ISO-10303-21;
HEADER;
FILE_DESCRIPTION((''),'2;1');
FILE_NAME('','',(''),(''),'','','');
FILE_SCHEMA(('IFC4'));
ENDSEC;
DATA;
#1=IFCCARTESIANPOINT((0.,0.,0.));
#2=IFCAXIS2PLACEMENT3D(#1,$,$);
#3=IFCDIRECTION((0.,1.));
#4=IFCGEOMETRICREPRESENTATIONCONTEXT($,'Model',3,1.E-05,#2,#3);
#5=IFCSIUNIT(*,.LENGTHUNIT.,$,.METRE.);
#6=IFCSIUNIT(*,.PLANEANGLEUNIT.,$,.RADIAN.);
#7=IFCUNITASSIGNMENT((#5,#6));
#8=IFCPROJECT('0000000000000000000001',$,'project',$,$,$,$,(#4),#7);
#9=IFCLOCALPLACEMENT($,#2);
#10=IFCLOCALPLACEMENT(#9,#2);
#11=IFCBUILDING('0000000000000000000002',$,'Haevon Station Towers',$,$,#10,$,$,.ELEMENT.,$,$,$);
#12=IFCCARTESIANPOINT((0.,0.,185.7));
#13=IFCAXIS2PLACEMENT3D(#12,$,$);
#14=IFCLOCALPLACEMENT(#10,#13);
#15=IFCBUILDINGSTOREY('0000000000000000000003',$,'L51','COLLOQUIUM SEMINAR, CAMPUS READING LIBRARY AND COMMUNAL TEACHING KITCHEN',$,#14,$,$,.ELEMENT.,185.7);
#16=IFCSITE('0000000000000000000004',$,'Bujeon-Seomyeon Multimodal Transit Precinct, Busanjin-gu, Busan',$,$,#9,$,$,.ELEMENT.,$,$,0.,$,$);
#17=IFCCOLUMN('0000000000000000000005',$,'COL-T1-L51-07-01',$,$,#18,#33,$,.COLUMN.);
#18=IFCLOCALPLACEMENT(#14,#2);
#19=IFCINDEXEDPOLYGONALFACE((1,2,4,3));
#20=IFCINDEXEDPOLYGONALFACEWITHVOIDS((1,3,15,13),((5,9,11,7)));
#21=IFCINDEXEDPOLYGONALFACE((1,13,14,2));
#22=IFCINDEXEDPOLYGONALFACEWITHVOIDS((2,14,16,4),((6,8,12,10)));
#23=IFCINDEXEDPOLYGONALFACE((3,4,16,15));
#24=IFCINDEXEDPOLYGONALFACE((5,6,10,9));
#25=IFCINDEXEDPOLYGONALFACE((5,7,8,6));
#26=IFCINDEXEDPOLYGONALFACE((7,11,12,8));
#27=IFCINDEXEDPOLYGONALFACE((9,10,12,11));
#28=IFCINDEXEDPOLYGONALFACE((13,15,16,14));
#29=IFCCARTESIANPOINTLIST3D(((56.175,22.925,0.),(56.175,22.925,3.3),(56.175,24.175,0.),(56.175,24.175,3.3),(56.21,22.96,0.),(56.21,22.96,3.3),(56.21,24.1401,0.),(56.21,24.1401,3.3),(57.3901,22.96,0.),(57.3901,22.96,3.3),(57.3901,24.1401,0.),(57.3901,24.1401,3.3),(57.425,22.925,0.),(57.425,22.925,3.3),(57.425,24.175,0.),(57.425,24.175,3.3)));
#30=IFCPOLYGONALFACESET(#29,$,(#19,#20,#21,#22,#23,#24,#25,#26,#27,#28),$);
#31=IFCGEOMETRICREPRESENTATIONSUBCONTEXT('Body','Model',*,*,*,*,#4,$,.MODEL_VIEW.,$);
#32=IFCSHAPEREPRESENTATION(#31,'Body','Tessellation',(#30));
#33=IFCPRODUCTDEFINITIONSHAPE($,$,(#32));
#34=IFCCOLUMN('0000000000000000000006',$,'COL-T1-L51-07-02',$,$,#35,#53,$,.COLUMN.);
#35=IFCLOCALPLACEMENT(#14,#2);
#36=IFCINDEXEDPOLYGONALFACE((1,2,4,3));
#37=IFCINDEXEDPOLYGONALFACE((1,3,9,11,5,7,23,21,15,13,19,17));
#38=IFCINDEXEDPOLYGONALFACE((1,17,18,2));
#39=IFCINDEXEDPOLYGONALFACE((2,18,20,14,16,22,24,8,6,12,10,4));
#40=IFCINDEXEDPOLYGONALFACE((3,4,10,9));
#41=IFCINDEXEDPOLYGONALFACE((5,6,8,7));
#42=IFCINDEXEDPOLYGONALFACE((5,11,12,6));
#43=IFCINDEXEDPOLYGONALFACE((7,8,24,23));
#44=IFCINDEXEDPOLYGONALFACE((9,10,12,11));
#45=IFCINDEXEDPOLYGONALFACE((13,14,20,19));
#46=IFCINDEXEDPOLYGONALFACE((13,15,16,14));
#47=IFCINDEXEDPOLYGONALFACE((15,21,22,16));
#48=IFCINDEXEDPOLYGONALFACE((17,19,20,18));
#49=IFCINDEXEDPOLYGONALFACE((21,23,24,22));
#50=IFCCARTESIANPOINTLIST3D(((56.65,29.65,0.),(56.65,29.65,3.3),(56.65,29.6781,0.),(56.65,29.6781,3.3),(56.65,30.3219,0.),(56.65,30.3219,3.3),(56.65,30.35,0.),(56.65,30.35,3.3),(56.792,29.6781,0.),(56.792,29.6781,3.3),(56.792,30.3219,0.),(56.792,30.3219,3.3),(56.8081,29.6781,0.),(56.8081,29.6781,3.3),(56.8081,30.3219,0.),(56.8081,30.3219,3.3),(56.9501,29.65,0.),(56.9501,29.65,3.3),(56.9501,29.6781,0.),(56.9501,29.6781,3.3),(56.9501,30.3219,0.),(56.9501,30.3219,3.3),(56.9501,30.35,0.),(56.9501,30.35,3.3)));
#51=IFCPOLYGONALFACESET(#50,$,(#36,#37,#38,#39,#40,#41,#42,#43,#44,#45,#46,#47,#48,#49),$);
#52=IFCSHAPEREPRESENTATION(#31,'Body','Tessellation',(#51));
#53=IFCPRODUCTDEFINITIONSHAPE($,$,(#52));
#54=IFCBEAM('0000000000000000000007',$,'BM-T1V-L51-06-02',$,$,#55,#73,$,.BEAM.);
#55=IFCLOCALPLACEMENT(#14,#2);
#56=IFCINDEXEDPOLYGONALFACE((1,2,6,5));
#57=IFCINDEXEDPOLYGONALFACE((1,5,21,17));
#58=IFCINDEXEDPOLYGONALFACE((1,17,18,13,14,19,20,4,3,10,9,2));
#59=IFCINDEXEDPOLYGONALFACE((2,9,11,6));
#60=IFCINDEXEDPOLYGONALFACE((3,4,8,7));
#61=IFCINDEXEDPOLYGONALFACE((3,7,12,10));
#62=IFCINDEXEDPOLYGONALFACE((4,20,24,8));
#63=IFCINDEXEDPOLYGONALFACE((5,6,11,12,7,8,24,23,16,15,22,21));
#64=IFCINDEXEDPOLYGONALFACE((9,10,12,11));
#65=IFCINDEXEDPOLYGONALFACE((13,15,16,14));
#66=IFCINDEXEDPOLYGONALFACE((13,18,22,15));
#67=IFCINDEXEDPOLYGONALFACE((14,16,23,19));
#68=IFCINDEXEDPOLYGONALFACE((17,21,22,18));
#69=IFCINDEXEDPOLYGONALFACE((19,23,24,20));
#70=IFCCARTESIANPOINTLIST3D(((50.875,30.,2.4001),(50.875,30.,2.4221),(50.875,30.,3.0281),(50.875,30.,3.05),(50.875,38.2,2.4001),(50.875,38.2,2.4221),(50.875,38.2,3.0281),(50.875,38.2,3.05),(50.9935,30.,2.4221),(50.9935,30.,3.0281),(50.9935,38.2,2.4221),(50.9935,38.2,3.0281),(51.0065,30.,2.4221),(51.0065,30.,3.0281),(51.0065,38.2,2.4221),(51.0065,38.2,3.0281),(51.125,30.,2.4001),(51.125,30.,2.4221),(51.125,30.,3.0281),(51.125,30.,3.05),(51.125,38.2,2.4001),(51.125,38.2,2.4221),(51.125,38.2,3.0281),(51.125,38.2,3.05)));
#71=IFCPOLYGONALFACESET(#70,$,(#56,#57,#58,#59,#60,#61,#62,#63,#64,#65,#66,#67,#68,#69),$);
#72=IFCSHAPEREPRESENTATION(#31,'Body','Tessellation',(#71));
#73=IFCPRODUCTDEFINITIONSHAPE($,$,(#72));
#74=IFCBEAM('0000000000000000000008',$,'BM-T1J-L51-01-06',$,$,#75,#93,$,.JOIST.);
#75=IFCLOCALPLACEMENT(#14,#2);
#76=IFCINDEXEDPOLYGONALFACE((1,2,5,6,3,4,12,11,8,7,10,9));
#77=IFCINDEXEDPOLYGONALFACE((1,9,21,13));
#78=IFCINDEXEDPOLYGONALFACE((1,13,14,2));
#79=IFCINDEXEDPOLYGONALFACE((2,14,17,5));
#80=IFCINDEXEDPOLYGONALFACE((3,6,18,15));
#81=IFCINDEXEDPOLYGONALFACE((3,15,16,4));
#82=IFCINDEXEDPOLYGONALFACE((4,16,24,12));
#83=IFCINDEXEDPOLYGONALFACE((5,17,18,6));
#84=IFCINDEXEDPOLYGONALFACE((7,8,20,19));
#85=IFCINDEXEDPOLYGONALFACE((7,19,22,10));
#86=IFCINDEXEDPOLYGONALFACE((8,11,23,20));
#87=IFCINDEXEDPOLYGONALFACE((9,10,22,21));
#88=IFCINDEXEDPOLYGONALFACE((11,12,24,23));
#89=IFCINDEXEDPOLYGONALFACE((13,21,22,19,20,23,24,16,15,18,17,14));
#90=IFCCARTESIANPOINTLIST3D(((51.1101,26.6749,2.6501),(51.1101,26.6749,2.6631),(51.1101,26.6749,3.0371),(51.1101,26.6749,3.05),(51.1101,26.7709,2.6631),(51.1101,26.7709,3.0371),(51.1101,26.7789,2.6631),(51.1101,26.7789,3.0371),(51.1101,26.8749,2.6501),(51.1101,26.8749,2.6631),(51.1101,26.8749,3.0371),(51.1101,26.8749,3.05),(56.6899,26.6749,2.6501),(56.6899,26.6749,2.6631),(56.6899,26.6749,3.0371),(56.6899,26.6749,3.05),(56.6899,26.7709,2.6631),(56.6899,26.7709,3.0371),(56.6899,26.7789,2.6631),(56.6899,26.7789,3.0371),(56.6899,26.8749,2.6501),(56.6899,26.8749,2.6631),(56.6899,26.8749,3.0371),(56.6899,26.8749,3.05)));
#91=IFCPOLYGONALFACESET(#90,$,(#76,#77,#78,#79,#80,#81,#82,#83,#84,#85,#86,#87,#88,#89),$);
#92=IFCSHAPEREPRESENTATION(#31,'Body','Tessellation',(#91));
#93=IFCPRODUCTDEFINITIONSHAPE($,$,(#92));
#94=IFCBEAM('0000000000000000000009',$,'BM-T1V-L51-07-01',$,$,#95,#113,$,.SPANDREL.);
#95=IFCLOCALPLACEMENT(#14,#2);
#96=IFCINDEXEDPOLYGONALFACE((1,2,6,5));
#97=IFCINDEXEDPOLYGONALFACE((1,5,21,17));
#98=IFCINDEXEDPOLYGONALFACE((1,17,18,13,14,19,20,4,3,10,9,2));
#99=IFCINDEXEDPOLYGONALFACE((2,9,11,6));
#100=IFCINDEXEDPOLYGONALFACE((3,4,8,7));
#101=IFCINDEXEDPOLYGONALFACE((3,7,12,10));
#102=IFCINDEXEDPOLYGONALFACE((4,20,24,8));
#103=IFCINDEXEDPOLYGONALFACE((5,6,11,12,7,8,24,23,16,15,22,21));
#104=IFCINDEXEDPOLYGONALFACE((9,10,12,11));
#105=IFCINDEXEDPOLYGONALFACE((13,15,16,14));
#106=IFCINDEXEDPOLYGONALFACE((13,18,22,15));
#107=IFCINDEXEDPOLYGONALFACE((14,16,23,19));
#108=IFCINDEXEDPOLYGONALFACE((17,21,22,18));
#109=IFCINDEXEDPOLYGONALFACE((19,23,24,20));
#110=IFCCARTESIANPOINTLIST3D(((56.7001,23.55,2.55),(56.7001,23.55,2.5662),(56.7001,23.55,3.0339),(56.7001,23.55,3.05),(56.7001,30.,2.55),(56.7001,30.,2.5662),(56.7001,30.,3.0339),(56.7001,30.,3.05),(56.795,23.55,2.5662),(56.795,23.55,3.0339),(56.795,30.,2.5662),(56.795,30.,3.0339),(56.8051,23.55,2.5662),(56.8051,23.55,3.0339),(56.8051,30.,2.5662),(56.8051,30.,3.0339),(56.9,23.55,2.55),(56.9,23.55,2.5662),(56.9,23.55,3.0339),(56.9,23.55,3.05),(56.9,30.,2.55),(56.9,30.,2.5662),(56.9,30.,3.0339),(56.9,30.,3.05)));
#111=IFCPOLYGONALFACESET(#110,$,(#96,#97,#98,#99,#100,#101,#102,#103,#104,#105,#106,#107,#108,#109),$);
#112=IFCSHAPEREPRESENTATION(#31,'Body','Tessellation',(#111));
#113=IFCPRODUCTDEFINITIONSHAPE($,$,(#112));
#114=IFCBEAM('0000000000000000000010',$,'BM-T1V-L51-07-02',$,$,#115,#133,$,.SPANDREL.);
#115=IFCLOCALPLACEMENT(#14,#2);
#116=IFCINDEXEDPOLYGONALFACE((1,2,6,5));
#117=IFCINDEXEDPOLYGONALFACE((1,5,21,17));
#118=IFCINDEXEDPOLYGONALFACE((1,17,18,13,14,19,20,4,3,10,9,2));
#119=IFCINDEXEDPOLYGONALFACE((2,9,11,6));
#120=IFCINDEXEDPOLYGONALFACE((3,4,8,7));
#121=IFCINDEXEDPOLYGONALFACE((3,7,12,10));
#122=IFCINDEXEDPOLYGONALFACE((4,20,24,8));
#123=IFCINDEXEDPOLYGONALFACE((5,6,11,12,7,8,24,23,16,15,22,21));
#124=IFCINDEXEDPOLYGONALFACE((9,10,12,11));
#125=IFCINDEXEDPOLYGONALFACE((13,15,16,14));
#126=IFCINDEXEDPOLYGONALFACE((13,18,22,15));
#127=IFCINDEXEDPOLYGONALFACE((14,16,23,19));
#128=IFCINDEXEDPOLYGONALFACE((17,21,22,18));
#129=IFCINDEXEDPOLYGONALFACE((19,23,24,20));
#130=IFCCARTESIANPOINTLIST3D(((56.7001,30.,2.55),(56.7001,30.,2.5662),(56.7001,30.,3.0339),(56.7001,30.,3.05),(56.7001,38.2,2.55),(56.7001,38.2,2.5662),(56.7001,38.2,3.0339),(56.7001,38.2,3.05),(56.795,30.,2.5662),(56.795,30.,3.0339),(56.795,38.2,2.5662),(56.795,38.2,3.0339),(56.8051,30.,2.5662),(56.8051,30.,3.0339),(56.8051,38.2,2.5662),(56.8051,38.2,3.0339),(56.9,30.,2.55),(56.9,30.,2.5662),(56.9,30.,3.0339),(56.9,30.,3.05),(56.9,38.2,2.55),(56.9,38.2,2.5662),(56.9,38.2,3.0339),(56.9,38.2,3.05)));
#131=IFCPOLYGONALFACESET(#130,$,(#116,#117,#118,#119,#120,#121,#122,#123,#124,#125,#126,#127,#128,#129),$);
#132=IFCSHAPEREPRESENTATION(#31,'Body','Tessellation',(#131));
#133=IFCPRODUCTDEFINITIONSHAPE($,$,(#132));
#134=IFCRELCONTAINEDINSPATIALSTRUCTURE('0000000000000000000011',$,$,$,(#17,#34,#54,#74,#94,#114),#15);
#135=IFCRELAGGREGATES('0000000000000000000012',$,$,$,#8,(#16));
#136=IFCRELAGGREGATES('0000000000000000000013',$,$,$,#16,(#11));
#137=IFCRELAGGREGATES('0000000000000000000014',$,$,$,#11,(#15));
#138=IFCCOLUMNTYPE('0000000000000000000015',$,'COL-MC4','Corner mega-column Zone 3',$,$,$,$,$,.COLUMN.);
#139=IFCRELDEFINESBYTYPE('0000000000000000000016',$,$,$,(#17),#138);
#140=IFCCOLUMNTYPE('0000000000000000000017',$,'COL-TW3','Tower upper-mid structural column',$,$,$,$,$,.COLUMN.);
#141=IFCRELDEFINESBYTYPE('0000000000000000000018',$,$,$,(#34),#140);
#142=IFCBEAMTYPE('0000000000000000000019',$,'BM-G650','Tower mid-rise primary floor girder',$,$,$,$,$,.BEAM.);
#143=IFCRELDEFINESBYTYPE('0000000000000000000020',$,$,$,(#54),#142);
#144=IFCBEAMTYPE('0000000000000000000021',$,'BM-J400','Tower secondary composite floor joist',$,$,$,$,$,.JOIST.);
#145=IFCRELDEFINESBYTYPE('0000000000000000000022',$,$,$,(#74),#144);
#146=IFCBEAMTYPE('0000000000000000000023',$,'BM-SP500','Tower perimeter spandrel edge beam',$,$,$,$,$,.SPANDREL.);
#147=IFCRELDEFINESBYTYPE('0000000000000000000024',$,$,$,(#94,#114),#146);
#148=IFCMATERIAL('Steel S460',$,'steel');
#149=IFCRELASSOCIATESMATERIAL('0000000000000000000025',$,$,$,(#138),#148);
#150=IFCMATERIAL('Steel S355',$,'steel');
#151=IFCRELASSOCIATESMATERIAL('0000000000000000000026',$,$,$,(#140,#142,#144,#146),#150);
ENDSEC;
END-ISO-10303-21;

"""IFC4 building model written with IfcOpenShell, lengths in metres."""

from ifc_helpers import new_model, si_unit, direction, frame, origin, origin_2d, place, context, subcontext, project, spatial, hollow_rectangle, i_section, extrude, material, material_profile, profile_set, type_object, element, save


model = new_model("IFC4")

# Units and contexts
model_context = context("Model", 3, precision=1e-05, world=origin(), true_north=direction((0.0, 1.0)))
body_context = subcontext(model_context, "Body", "Model", "MODEL_VIEW")
ifc_project = project(units=[si_unit("LENGTHUNIT", "METRE"), si_unit("PLANEANGLEUNIT", "RADIAN")], contexts=[model_context])

# Site, building, storey
site_placement = place(None, origin())
site = spatial("IfcSite", under=ifc_project, at=site_placement, Name="Bujeon-Seomyeon Multimodal Transit Precinct, Busanjin-gu, Busan", CompositionType="ELEMENT", RefElevation=0.0)
building_placement = place(site_placement, origin())
building = spatial("IfcBuilding", under=site, at=building_placement, Name="Haevon Station Towers", CompositionType="ELEMENT")
storey_placement = place(building_placement, frame((0.0, 0.0, 185.7)))
storey = spatial("IfcBuildingStorey", under=building, at=storey_placement, Name="L51", Description="COLLOQUIUM SEMINAR, CAMPUS READING LIBRARY AND COMMUNAL TEACHING KITCHEN", CompositionType="ELEMENT", Elevation=185.7)

# Columns
ifc_material_1 = material(Name="Steel S460", Category="steel")
ifc_material_profile_1 = material_profile(ifc_material_1, hollow_rectangle(XDim=1.25, YDim=1.25, WallThickness=0.0349, at=origin_2d()), Name="BOX-1250x1250x35")
ifc_profile_set_1 = profile_set([ifc_material_profile_1], Name="Steel S460")
column_type_1 = type_object("IfcColumnType", Name="COL-MC4", Description="Corner mega-column Zone 3", PredefinedType="COLUMN", material=ifc_profile_set_1)
column_1_placement = place(storey_placement, frame((56.8, 23.55, 0.0), z_axis=(0.0, 0.0, 1.0), x_axis=(1.0, 0.0, 0.0)))
element("IfcColumn", 1, at=column_1_placement, inside=storey, type_object=column_type_1, Name="COL-T1-L51-07-01", PredefinedType="COLUMN", context=body_context, shape_type="SweptSolid", body=[
    extrude(hollow_rectangle(XDim=1.25, YDim=1.25, WallThickness=0.0349, at=origin_2d()), origin(), (0.0, 0.0, 1.0), 3.3),
])
ifc_material_2 = material(Name="Steel S355", Category="steel")
ifc_material_profile_2 = material_profile(ifc_material_2, i_section(OverallWidth=0.3, OverallDepth=0.7, WebThickness=0.0161, FlangeThickness=0.0281, at=origin_2d()), Name="H-700x300x16x28")
ifc_profile_set_2 = profile_set([ifc_material_profile_2], Name="Steel S355")
column_type_2 = type_object("IfcColumnType", Name="COL-TW3", Description="Tower upper-mid structural column", PredefinedType="COLUMN", material=ifc_profile_set_2)
column_2_placement = place(storey_placement, frame((56.8, 30.0, 0.0), z_axis=(0.0, 0.0, 1.0), x_axis=(1.0, 0.0, 0.0)))
element("IfcColumn", 2, at=column_2_placement, inside=storey, type_object=column_type_2, Name="COL-T1-L51-07-02", PredefinedType="COLUMN", context=body_context, shape_type="SweptSolid", body=[
    extrude(i_section(OverallWidth=0.3, OverallDepth=0.7, WebThickness=0.0161, FlangeThickness=0.0281, at=origin_2d()), origin(), (0.0, 0.0, 1.0), 3.3),
])

# Beams
ifc_material_profile_3 = material_profile(ifc_material_2, i_section(OverallWidth=0.25, OverallDepth=0.6499, WebThickness=0.0129, FlangeThickness=0.022, at=origin_2d()), Name="H-650x250x13x22")
ifc_profile_set_3 = profile_set([ifc_material_profile_3], Name="Steel S355")
beam_type_1 = type_object("IfcBeamType", Name="BM-G650", Description="Tower mid-rise primary floor girder", PredefinedType="BEAM", material=ifc_profile_set_3)
beam_1_placement = place(storey_placement, frame((51.0, 30.0, 2.7251), z_axis=(0.0, 1.0, 0.0), x_axis=(-1.0, 0.0, 0.0)))
element("IfcBeam", 3, at=beam_1_placement, inside=storey, type_object=beam_type_1, Name="BM-T1V-L51-06-02", PredefinedType="BEAM", context=body_context, shape_type="SweptSolid", body=[
    extrude(i_section(OverallWidth=0.25, OverallDepth=0.6499, WebThickness=0.0129, FlangeThickness=0.022, at=origin_2d()), origin(), (0.0, 0.0, 1.0), 8.2),
])
ifc_material_profile_4 = material_profile(ifc_material_2, i_section(OverallWidth=0.2, OverallDepth=0.3999, WebThickness=0.0081, FlangeThickness=0.0129, at=origin_2d()), Name="H-400x200x8x13")
ifc_profile_set_4 = profile_set([ifc_material_profile_4], Name="Steel S355")
beam_type_2 = type_object("IfcBeamType", Name="BM-J400", Description="Tower secondary composite floor joist", PredefinedType="JOIST", material=ifc_profile_set_4)
beam_2_placement = place(storey_placement, frame((51.1101, 26.7749, 2.8501), z_axis=(1.0, 0.0, 0.0), x_axis=(0.0, 1.0, 0.0)))
element("IfcBeam", 4, at=beam_2_placement, inside=storey, type_object=beam_type_2, Name="BM-T1J-L51-01-06", PredefinedType="JOIST", context=body_context, shape_type="SweptSolid", body=[
    extrude(i_section(OverallWidth=0.2, OverallDepth=0.3999, WebThickness=0.0081, FlangeThickness=0.0129, at=origin_2d()), origin(), (0.0, 0.0, 1.0), 5.5798),
])
ifc_material_profile_5 = material_profile(ifc_material_2, i_section(OverallWidth=0.2, OverallDepth=0.5, WebThickness=0.01, FlangeThickness=0.0161, at=origin_2d()), Name="H-500x200x10x16")
ifc_profile_set_5 = profile_set([ifc_material_profile_5], Name="Steel S355")
beam_type_3 = type_object("IfcBeamType", Name="BM-SP500", Description="Tower perimeter spandrel edge beam", PredefinedType="SPANDREL", material=ifc_profile_set_5)
beam_3_placement = place(storey_placement, frame((56.8, 23.55, 2.8), z_axis=(0.0, 1.0, 0.0), x_axis=(-1.0, 0.0, 0.0)))
element("IfcBeam", 5, at=beam_3_placement, inside=storey, type_object=beam_type_3, Name="BM-T1V-L51-07-01", PredefinedType="SPANDREL", context=body_context, shape_type="SweptSolid", body=[
    extrude(i_section(OverallWidth=0.2, OverallDepth=0.5, WebThickness=0.01, FlangeThickness=0.0161, at=origin_2d()), origin(), (0.0, 0.0, 1.0), 6.45),
])
beam_4_placement = place(storey_placement, frame((56.8, 30.0, 2.8), z_axis=(0.0, 1.0, 0.0), x_axis=(-1.0, 0.0, 0.0)))
element("IfcBeam", 6, at=beam_4_placement, inside=storey, type_object=beam_type_3, Name="BM-T1V-L51-07-02", PredefinedType="SPANDREL", context=body_context, shape_type="SweptSolid", body=[
    extrude(i_section(OverallWidth=0.2, OverallDepth=0.5, WebThickness=0.01, FlangeThickness=0.0161, at=origin_2d()), origin(), (0.0, 0.0, 1.0), 8.2),
])

save(model, "model.ifc")
